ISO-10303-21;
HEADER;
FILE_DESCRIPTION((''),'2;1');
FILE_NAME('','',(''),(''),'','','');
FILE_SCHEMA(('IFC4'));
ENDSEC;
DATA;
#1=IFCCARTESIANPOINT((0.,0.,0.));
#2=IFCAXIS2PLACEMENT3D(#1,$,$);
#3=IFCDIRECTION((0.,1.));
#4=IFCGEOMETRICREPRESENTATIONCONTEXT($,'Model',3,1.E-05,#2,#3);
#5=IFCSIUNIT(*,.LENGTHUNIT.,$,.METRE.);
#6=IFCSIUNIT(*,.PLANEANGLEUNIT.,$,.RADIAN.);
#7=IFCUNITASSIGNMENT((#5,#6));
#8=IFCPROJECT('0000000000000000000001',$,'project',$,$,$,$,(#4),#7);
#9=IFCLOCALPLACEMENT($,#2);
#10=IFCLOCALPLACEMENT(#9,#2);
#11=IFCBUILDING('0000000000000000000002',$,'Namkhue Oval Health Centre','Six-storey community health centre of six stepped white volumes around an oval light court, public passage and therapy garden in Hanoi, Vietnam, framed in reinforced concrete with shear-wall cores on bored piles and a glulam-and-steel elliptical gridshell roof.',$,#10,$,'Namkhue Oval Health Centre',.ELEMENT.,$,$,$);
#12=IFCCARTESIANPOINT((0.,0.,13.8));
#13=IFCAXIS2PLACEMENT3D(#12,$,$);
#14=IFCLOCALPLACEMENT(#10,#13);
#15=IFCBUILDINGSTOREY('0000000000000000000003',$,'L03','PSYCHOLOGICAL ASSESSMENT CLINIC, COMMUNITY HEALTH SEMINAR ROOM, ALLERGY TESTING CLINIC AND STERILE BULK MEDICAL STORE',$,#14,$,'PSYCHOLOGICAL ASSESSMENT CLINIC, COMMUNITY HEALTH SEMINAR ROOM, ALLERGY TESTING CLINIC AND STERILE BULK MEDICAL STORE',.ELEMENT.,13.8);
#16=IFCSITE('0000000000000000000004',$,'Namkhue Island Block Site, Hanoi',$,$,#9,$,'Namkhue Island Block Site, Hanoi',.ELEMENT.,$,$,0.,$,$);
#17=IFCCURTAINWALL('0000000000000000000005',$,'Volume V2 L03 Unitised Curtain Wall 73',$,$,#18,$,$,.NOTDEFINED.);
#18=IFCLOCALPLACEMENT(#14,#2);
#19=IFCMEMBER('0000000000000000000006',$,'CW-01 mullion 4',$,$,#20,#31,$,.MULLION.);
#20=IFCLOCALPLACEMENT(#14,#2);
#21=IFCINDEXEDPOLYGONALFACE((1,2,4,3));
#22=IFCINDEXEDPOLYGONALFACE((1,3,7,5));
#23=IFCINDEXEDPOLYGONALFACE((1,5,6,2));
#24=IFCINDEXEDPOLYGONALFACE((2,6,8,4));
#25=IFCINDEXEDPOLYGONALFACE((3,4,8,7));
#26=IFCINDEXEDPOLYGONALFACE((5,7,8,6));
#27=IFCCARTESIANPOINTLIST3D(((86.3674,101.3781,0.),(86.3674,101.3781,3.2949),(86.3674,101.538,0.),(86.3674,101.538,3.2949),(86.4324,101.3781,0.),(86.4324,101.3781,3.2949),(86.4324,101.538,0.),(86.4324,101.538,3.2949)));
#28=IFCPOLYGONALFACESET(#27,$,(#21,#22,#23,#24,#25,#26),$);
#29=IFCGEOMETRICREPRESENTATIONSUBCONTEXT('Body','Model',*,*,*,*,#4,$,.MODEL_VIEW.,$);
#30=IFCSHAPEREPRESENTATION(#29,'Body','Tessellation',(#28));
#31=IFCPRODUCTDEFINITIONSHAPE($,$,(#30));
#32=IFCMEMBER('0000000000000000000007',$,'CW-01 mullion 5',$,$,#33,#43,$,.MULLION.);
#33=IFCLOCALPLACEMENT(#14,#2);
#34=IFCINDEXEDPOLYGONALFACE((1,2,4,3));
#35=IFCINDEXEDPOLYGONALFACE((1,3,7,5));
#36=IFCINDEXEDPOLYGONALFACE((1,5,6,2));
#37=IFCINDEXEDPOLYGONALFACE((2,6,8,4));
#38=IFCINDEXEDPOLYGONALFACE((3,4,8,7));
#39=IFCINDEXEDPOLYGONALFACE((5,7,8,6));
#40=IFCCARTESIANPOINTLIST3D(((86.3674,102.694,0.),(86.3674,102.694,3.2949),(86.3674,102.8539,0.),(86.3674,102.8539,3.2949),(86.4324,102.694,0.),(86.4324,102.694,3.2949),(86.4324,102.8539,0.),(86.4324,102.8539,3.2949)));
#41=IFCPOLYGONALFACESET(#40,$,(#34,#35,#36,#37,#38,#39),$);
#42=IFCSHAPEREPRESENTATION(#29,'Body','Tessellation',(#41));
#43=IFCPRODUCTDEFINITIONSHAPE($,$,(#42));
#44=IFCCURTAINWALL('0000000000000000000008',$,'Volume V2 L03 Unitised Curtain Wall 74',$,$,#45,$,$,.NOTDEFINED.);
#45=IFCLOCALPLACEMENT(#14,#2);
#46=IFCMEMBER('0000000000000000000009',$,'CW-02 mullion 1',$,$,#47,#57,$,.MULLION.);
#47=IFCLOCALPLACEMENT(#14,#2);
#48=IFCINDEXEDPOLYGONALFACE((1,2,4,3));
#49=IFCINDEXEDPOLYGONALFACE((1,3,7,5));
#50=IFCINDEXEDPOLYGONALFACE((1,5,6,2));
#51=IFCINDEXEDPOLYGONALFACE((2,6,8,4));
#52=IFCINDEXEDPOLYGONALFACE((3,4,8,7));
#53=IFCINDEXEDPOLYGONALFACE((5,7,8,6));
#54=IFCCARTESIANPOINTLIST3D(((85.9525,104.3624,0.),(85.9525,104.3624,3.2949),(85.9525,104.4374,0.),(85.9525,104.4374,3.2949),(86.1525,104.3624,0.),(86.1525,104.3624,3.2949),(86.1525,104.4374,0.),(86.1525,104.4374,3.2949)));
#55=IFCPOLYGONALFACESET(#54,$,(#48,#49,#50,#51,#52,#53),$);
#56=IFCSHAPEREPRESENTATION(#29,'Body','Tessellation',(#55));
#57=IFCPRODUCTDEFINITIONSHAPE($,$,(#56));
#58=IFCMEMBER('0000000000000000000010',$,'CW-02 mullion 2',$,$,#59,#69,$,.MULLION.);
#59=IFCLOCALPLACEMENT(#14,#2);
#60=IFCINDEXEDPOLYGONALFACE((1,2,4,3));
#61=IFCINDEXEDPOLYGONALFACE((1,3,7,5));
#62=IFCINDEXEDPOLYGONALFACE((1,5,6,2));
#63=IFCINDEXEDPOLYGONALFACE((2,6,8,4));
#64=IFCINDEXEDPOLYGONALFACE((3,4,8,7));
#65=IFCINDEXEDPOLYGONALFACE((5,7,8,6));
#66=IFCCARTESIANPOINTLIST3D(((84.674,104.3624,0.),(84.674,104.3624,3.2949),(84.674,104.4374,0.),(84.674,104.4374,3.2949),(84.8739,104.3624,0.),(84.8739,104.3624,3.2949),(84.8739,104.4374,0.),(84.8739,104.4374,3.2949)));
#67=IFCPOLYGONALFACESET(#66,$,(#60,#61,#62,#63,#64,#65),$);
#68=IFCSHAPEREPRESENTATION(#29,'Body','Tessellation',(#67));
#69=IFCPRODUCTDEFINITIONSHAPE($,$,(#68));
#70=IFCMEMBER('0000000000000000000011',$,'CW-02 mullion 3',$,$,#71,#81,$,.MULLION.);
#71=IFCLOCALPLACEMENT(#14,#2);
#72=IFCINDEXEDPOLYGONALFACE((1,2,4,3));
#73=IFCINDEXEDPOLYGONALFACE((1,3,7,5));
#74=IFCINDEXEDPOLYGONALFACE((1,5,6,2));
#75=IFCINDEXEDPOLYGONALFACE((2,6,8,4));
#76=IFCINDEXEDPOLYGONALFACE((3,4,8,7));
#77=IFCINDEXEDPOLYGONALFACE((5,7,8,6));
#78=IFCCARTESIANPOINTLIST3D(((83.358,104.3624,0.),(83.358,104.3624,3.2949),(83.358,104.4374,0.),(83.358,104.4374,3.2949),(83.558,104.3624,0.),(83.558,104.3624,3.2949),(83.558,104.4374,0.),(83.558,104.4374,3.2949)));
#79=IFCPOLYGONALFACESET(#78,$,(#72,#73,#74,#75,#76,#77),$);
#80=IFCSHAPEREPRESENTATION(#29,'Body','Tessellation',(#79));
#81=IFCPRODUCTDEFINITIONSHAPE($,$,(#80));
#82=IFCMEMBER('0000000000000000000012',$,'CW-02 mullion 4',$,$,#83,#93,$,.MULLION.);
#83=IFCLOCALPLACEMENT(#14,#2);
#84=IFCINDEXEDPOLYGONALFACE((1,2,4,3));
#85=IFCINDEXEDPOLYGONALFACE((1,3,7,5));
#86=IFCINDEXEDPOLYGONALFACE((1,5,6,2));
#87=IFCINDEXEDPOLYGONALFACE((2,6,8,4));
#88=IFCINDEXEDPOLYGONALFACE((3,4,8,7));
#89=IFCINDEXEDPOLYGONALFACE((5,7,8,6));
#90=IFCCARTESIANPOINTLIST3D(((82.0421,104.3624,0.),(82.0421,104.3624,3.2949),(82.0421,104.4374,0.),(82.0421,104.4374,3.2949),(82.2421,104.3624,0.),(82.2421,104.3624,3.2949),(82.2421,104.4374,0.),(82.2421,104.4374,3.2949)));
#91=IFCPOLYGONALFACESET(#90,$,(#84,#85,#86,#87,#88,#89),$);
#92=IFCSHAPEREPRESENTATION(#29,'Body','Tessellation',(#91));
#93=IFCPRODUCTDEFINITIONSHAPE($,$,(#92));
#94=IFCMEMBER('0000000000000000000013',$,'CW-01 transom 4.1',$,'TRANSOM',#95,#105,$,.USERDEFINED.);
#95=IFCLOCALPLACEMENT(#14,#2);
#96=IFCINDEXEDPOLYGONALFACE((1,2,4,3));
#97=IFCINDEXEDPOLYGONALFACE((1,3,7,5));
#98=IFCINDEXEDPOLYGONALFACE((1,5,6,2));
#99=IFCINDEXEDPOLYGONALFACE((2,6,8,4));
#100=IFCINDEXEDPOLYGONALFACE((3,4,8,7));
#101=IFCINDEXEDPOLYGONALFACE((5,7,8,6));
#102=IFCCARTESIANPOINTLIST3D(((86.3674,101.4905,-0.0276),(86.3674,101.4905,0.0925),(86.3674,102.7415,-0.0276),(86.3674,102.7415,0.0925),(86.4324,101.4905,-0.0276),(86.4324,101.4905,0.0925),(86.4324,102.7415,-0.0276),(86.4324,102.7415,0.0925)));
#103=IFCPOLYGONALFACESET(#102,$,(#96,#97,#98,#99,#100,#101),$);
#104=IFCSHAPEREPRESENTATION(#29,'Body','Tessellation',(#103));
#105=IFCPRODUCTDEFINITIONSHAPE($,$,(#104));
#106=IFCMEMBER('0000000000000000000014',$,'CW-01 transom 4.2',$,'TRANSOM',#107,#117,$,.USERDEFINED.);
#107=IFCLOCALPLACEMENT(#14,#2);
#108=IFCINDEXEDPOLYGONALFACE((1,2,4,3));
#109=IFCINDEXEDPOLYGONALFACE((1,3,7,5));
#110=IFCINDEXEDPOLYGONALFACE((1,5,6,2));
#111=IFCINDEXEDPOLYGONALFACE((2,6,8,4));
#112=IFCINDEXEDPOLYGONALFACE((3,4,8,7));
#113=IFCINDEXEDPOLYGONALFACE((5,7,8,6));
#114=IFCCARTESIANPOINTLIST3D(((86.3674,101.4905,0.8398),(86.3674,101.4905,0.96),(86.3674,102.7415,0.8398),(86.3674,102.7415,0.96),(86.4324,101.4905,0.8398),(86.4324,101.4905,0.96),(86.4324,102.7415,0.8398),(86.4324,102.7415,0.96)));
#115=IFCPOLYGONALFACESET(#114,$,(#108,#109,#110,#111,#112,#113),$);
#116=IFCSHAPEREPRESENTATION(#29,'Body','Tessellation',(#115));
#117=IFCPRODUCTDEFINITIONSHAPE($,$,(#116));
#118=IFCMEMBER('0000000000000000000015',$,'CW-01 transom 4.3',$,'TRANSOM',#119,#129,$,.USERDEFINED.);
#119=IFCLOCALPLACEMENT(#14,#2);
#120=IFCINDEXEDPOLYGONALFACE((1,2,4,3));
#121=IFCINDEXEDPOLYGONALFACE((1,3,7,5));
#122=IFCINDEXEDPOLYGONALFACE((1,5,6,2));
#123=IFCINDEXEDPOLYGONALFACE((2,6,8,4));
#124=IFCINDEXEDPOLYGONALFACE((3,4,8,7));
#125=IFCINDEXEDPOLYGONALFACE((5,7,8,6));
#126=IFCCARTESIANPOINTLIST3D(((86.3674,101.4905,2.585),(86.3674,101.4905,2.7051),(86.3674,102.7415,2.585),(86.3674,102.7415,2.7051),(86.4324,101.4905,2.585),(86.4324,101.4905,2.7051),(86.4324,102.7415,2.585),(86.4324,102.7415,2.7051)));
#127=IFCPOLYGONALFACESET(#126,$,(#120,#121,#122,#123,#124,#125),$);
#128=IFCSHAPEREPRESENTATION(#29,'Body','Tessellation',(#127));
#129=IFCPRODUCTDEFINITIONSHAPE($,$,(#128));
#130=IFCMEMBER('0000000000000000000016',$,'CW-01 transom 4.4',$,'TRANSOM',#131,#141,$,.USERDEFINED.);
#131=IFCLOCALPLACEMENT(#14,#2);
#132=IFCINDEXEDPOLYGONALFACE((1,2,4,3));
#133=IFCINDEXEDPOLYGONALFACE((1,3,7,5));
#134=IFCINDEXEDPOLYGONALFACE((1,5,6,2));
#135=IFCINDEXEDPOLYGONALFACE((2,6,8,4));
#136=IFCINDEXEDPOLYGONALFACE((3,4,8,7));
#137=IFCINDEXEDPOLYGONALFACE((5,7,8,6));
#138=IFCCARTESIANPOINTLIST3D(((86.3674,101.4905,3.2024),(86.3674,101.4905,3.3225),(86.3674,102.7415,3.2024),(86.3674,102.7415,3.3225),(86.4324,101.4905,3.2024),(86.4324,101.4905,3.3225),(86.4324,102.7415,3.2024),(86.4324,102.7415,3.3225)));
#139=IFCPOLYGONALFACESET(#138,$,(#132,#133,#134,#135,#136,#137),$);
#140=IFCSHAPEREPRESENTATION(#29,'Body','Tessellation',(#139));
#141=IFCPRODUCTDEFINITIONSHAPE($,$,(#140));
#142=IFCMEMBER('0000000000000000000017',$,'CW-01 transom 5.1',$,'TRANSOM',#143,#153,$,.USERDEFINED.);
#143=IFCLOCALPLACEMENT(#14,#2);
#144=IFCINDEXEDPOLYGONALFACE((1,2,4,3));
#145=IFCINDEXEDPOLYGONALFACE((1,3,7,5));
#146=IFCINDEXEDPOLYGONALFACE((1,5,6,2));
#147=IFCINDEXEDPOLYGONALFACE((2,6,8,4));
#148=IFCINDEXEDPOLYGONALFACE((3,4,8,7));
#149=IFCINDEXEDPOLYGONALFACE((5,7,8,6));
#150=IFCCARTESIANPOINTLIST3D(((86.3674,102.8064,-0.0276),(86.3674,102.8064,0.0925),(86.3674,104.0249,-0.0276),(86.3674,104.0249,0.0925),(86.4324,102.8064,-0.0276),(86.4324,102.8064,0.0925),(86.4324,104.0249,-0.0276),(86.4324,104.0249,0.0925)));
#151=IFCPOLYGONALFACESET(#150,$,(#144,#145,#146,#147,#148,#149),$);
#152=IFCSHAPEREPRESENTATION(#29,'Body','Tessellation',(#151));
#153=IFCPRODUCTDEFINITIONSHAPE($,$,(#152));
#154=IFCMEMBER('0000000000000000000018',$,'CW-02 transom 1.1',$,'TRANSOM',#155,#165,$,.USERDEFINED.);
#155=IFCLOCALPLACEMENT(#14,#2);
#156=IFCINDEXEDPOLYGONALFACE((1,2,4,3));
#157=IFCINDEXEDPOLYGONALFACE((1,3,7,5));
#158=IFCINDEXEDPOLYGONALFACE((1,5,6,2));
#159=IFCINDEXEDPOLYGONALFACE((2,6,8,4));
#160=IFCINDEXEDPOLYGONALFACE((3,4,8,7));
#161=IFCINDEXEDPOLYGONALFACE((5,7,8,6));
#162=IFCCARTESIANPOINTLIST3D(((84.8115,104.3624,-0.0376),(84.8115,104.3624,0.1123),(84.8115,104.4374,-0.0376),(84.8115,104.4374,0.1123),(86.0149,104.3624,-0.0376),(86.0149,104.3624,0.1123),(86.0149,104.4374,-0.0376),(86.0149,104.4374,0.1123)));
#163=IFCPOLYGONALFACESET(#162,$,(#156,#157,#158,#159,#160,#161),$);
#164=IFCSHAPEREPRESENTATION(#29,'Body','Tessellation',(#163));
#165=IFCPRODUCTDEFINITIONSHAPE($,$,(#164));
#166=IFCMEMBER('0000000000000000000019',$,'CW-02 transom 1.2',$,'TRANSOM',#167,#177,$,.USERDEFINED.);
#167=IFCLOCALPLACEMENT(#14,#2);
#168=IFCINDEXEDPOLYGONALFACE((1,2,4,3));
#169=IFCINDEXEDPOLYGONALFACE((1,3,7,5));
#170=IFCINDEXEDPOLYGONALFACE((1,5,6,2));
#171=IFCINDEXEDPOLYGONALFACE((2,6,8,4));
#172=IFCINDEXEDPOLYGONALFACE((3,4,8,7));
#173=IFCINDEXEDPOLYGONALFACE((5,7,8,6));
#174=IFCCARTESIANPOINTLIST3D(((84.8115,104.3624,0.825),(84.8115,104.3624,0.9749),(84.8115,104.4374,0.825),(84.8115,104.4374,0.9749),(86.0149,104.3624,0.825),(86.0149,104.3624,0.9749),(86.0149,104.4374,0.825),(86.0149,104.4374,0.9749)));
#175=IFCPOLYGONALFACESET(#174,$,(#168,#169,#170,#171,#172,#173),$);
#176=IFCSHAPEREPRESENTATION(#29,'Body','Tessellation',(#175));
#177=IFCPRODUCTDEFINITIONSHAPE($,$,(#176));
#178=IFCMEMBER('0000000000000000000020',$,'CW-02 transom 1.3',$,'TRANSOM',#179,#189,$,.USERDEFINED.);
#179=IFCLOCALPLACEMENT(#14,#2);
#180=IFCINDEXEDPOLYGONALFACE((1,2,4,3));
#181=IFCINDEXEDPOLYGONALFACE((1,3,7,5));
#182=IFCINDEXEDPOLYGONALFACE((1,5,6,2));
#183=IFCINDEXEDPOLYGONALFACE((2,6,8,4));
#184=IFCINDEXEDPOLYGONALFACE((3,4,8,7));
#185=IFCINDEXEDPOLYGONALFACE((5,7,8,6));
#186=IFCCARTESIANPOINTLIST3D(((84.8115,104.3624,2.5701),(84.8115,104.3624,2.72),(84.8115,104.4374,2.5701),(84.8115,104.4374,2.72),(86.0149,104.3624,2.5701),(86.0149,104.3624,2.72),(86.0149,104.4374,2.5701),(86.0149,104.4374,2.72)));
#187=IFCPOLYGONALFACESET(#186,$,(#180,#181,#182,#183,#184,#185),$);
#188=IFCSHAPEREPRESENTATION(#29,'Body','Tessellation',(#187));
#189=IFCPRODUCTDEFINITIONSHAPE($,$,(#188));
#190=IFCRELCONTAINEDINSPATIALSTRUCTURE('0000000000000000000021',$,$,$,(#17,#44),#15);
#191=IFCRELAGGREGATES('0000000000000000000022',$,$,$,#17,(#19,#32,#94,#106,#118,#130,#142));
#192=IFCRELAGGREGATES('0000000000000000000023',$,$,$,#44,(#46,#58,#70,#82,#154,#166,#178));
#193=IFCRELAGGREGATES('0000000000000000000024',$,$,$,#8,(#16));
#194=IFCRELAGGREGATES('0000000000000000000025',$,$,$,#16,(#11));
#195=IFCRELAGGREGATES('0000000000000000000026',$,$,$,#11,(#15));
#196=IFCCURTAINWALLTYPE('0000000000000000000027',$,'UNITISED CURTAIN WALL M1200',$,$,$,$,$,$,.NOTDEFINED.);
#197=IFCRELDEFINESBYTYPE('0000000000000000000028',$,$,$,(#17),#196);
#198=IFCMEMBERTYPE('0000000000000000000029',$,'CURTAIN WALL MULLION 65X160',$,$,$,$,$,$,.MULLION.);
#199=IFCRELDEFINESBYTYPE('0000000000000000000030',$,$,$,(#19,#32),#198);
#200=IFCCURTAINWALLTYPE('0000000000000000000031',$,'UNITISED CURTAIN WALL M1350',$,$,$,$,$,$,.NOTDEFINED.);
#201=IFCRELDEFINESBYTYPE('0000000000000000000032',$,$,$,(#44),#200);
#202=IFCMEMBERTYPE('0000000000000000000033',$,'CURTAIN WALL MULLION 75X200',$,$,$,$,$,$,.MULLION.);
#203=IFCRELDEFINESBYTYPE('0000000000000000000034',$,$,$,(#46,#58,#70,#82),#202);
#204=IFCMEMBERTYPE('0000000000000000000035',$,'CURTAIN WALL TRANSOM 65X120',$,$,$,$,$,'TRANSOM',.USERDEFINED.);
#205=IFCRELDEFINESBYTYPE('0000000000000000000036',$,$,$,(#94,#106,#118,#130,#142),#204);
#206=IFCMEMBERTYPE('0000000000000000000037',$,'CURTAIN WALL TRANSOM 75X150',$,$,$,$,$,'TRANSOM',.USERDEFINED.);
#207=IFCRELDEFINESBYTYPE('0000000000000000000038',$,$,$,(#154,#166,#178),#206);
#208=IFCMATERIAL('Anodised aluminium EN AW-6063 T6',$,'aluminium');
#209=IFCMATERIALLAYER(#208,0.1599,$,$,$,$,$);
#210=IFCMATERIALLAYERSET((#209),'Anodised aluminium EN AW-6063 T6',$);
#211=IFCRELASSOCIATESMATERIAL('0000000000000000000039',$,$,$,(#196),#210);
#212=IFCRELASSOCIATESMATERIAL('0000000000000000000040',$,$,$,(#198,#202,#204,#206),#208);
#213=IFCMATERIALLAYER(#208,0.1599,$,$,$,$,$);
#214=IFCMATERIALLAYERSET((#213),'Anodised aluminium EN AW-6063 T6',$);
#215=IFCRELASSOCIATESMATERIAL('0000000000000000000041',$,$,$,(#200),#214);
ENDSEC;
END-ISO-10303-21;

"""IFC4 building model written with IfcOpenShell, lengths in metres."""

from ifc_helpers import new_model, si_unit, direction, frame, origin, origin_2d, place, context, subcontext, project, spatial, rectangle, extrude, material, layer, layer_set, material_profile, profile_set, type_object, element, aggregate, save


model = new_model("IFC4")

# Units and contexts
model_context = context("Model", 3, precision=1e-05, world=origin(), true_north=direction((0.0, 1.0)))
body_context = subcontext(model_context, "Body", "Model", "MODEL_VIEW")
ifc_project = project(units=[si_unit("LENGTHUNIT", "METRE"), si_unit("PLANEANGLEUNIT", "RADIAN")], contexts=[model_context])

# Site, building, storey
site_placement = place(None, origin())
site = spatial("IfcSite", under=ifc_project, at=site_placement, Name="Namkhue Island Block Site, Hanoi", LongName="Namkhue Island Block Site, Hanoi", CompositionType="ELEMENT", RefElevation=0.0)
building_placement = place(site_placement, origin())
building = spatial("IfcBuilding", under=site, at=building_placement, Name="Namkhue Oval Health Centre", Description="Six-storey community health centre of six stepped white volumes around an oval light court, public passage and therapy garden in Hanoi, Vietnam, framed in reinforced concrete with shear-wall cores on bored piles and a glulam-and-steel elliptical gridshell roof.", LongName="Namkhue Oval Health Centre", CompositionType="ELEMENT")
storey_placement = place(building_placement, frame((0.0, 0.0, 13.8)))
storey = spatial("IfcBuildingStorey", under=building, at=storey_placement, Name="L03", Description="PSYCHOLOGICAL ASSESSMENT CLINIC, COMMUNITY HEALTH SEMINAR ROOM, ALLERGY TESTING CLINIC AND STERILE BULK MEDICAL STORE", LongName="PSYCHOLOGICAL ASSESSMENT CLINIC, COMMUNITY HEALTH SEMINAR ROOM, ALLERGY TESTING CLINIC AND STERILE BULK MEDICAL STORE", CompositionType="ELEMENT", Elevation=13.8)

# Curtain walls, members
ifc_material_1 = material(Name="Anodised aluminium EN AW-6063 T6", Category="aluminium")
ifc_layer_1 = layer(ifc_material_1, 0.1599)
ifc_layer_set_1 = layer_set([ifc_layer_1], Name="Anodised aluminium EN AW-6063 T6")
curtain_wall_type_1 = type_object("IfcCurtainWallType", Name="UNITISED CURTAIN WALL M1200", PredefinedType="NOTDEFINED", material=ifc_layer_set_1)
curtain_wall_1_placement = place(storey_placement, origin())
curtain_wall_1 = element("IfcCurtainWall", 1, at=curtain_wall_1_placement, inside=storey, type_object=curtain_wall_type_1, Name="Volume V2 L03 Unitised Curtain Wall 73", PredefinedType="NOTDEFINED")
ifc_material_profile_1 = material_profile(ifc_material_1, rectangle(XDim=0.0649, YDim=0.1599, at=origin_2d()), Name="ALU 65x160")
ifc_profile_set_1 = profile_set([ifc_material_profile_1], Name="Anodised aluminium EN AW-6063 T6")
member_type_1 = type_object("IfcMemberType", Name="CURTAIN WALL MULLION 65X160", PredefinedType="MULLION", material=ifc_profile_set_1)
member_1_placement = place(storey_placement, frame((86.3999, 101.458, 0.0), z_axis=(0.0, 0.0, 1.0), x_axis=(-1.0, 0.0, 0.0)))
member_1 = element("IfcMember", 2, at=member_1_placement, type_object=member_type_1, Name="CW-01 mullion 4", PredefinedType="MULLION", context=body_context, shape_type="SweptSolid", body=[
    extrude(rectangle(XDim=0.0649, YDim=0.1599, at=origin_2d()), origin(), (0.0, 0.0, 1.0), 3.2949),
])
member_2_placement = place(storey_placement, frame((86.3999, 102.7739, 0.0), z_axis=(0.0, 0.0, 1.0), x_axis=(-1.0, 0.0, 0.0)))
member_2 = element("IfcMember", 3, at=member_2_placement, type_object=member_type_1, Name="CW-01 mullion 5", PredefinedType="MULLION", context=body_context, shape_type="SweptSolid", body=[
    extrude(rectangle(XDim=0.0649, YDim=0.1599, at=origin_2d()), origin(), (0.0, 0.0, 1.0), 3.2949),
])
ifc_layer_2 = layer(ifc_material_1, 0.1599)
ifc_layer_set_2 = layer_set([ifc_layer_2], Name="Anodised aluminium EN AW-6063 T6")
curtain_wall_type_2 = type_object("IfcCurtainWallType", Name="UNITISED CURTAIN WALL M1350", PredefinedType="NOTDEFINED", material=ifc_layer_set_2)
curtain_wall_2_placement = place(storey_placement, origin())
curtain_wall_2 = element("IfcCurtainWall", 4, at=curtain_wall_2_placement, inside=storey, type_object=curtain_wall_type_2, Name="Volume V2 L03 Unitised Curtain Wall 74", PredefinedType="NOTDEFINED")
ifc_material_profile_2 = material_profile(ifc_material_1, rectangle(XDim=0.075, YDim=0.2, at=origin_2d()), Name="ALU 75x200")
ifc_profile_set_2 = profile_set([ifc_material_profile_2], Name="Anodised aluminium EN AW-6063 T6")
member_type_2 = type_object("IfcMemberType", Name="CURTAIN WALL MULLION 75X200", PredefinedType="MULLION", material=ifc_profile_set_2)
member_3_placement = place(storey_placement, frame((86.0525, 104.3999, 0.0), z_axis=(0.0, 0.0, 1.0), x_axis=(0.0, -1.0, 0.0)))
member_3 = element("IfcMember", 5, at=member_3_placement, type_object=member_type_2, Name="CW-02 mullion 1", PredefinedType="MULLION", context=body_context, shape_type="SweptSolid", body=[
    extrude(rectangle(XDim=0.075, YDim=0.2, at=origin_2d()), origin(), (0.0, 0.0, 1.0), 3.2949),
])
member_4_placement = place(storey_placement, frame((84.7739, 104.3999, 0.0), z_axis=(0.0, 0.0, 1.0), x_axis=(0.0, -1.0, 0.0)))
member_4 = element("IfcMember", 6, at=member_4_placement, type_object=member_type_2, Name="CW-02 mullion 2", PredefinedType="MULLION", context=body_context, shape_type="SweptSolid", body=[
    extrude(rectangle(XDim=0.075, YDim=0.2, at=origin_2d()), origin(), (0.0, 0.0, 1.0), 3.2949),
])
member_5_placement = place(storey_placement, frame((83.458, 104.3999, 0.0), z_axis=(0.0, 0.0, 1.0), x_axis=(0.0, -1.0, 0.0)))
member_5 = element("IfcMember", 7, at=member_5_placement, type_object=member_type_2, Name="CW-02 mullion 3", PredefinedType="MULLION", context=body_context, shape_type="SweptSolid", body=[
    extrude(rectangle(XDim=0.075, YDim=0.2, at=origin_2d()), origin(), (0.0, 0.0, 1.0), 3.2949),
])
member_6_placement = place(storey_placement, frame((82.1421, 104.3999, 0.0), z_axis=(0.0, 0.0, 1.0), x_axis=(0.0, -1.0, 0.0)))
member_6 = element("IfcMember", 8, at=member_6_placement, type_object=member_type_2, Name="CW-02 mullion 4", PredefinedType="MULLION", context=body_context, shape_type="SweptSolid", body=[
    extrude(rectangle(XDim=0.075, YDim=0.2, at=origin_2d()), origin(), (0.0, 0.0, 1.0), 3.2949),
])

# Members
ifc_material_profile_3 = material_profile(ifc_material_1, rectangle(XDim=0.0649, YDim=0.1201, at=origin_2d()), Name="ALU 65x120")
ifc_profile_set_3 = profile_set([ifc_material_profile_3], Name="Anodised aluminium EN AW-6063 T6")
member_type_3 = type_object("IfcMemberType", Name="CURTAIN WALL TRANSOM 65X120", ElementType="TRANSOM", PredefinedType="USERDEFINED", material=ifc_profile_set_3)
member_7_placement = place(storey_placement, frame((86.3999, 101.4905, 0.0325), z_axis=(0.0, 1.0, 0.0), x_axis=(-1.0, 0.0, 0.0)))
member_7 = element("IfcMember", 9, at=member_7_placement, type_object=member_type_3, Name="CW-01 transom 4.1", ObjectType="TRANSOM", PredefinedType="USERDEFINED", context=body_context, shape_type="SweptSolid", body=[
    extrude(rectangle(XDim=0.0649, YDim=0.1201, at=origin_2d()), origin(), (0.0, 0.0, 1.0), 1.251),
])
member_8_placement = place(storey_placement, frame((86.3999, 101.4905, 0.8999), z_axis=(0.0, 1.0, 0.0), x_axis=(-1.0, 0.0, 0.0)))
member_8 = element("IfcMember", 10, at=member_8_placement, type_object=member_type_3, Name="CW-01 transom 4.2", ObjectType="TRANSOM", PredefinedType="USERDEFINED", context=body_context, shape_type="SweptSolid", body=[
    extrude(rectangle(XDim=0.0649, YDim=0.1201, at=origin_2d()), origin(), (0.0, 0.0, 1.0), 1.251),
])
member_9_placement = place(storey_placement, frame((86.3999, 101.4905, 2.645), z_axis=(0.0, 1.0, 0.0), x_axis=(-1.0, 0.0, 0.0)))
member_9 = element("IfcMember", 11, at=member_9_placement, type_object=member_type_3, Name="CW-01 transom 4.3", ObjectType="TRANSOM", PredefinedType="USERDEFINED", context=body_context, shape_type="SweptSolid", body=[
    extrude(rectangle(XDim=0.0649, YDim=0.1201, at=origin_2d()), origin(), (0.0, 0.0, 1.0), 1.251),
])
member_10_placement = place(storey_placement, frame((86.3999, 101.4905, 3.2625), z_axis=(0.0, 1.0, 0.0), x_axis=(-1.0, 0.0, 0.0)))
member_10 = element("IfcMember", 12, at=member_10_placement, type_object=member_type_3, Name="CW-01 transom 4.4", ObjectType="TRANSOM", PredefinedType="USERDEFINED", context=body_context, shape_type="SweptSolid", body=[
    extrude(rectangle(XDim=0.0649, YDim=0.1201, at=origin_2d()), origin(), (0.0, 0.0, 1.0), 1.251),
])
member_11_placement = place(storey_placement, frame((86.3999, 102.8064, 0.0325), z_axis=(0.0, 1.0, 0.0), x_axis=(-1.0, 0.0, 0.0)))
member_11 = element("IfcMember", 13, at=member_11_placement, type_object=member_type_3, Name="CW-01 transom 5.1", ObjectType="TRANSOM", PredefinedType="USERDEFINED", context=body_context, shape_type="SweptSolid", body=[
    extrude(rectangle(XDim=0.0649, YDim=0.1201, at=origin_2d()), origin(), (0.0, 0.0, 1.0), 1.2185),
])
ifc_material_profile_4 = material_profile(ifc_material_1, rectangle(XDim=0.075, YDim=0.1499, at=origin_2d()), Name="ALU 75x150")
ifc_profile_set_4 = profile_set([ifc_material_profile_4], Name="Anodised aluminium EN AW-6063 T6")
member_type_4 = type_object("IfcMemberType", Name="CURTAIN WALL TRANSOM 75X150", ElementType="TRANSOM", PredefinedType="USERDEFINED", material=ifc_profile_set_4)
member_12_placement = place(storey_placement, frame((86.0149, 104.3999, 0.0374), z_axis=(-1.0, 0.0, 0.0), x_axis=(0.0, -1.0, 0.0)))
member_12 = element("IfcMember", 14, at=member_12_placement, type_object=member_type_4, Name="CW-02 transom 1.1", ObjectType="TRANSOM", PredefinedType="USERDEFINED", context=body_context, shape_type="SweptSolid", body=[
    extrude(rectangle(XDim=0.075, YDim=0.1499, at=origin_2d()), origin(), (0.0, 0.0, 1.0), 1.2034),
])
member_13_placement = place(storey_placement, frame((86.0149, 104.3999, 0.8999), z_axis=(-1.0, 0.0, 0.0), x_axis=(0.0, -1.0, 0.0)))
member_13 = element("IfcMember", 15, at=member_13_placement, type_object=member_type_4, Name="CW-02 transom 1.2", ObjectType="TRANSOM", PredefinedType="USERDEFINED", context=body_context, shape_type="SweptSolid", body=[
    extrude(rectangle(XDim=0.075, YDim=0.1499, at=origin_2d()), origin(), (0.0, 0.0, 1.0), 1.2034),
])
member_14_placement = place(storey_placement, frame((86.0149, 104.3999, 2.645), z_axis=(-1.0, 0.0, 0.0), x_axis=(0.0, -1.0, 0.0)))
member_14 = element("IfcMember", 16, at=member_14_placement, type_object=member_type_4, Name="CW-02 transom 1.3", ObjectType="TRANSOM", PredefinedType="USERDEFINED", context=body_context, shape_type="SweptSolid", body=[
    extrude(rectangle(XDim=0.075, YDim=0.1499, at=origin_2d()), origin(), (0.0, 0.0, 1.0), 1.2034),
])

aggregate(curtain_wall_1, [member_1, member_2, member_7, member_8, member_9, member_10, member_11])
aggregate(curtain_wall_2, [member_3, member_4, member_5, member_6, member_12, member_13, member_14])

save(model, "model.ifc")
